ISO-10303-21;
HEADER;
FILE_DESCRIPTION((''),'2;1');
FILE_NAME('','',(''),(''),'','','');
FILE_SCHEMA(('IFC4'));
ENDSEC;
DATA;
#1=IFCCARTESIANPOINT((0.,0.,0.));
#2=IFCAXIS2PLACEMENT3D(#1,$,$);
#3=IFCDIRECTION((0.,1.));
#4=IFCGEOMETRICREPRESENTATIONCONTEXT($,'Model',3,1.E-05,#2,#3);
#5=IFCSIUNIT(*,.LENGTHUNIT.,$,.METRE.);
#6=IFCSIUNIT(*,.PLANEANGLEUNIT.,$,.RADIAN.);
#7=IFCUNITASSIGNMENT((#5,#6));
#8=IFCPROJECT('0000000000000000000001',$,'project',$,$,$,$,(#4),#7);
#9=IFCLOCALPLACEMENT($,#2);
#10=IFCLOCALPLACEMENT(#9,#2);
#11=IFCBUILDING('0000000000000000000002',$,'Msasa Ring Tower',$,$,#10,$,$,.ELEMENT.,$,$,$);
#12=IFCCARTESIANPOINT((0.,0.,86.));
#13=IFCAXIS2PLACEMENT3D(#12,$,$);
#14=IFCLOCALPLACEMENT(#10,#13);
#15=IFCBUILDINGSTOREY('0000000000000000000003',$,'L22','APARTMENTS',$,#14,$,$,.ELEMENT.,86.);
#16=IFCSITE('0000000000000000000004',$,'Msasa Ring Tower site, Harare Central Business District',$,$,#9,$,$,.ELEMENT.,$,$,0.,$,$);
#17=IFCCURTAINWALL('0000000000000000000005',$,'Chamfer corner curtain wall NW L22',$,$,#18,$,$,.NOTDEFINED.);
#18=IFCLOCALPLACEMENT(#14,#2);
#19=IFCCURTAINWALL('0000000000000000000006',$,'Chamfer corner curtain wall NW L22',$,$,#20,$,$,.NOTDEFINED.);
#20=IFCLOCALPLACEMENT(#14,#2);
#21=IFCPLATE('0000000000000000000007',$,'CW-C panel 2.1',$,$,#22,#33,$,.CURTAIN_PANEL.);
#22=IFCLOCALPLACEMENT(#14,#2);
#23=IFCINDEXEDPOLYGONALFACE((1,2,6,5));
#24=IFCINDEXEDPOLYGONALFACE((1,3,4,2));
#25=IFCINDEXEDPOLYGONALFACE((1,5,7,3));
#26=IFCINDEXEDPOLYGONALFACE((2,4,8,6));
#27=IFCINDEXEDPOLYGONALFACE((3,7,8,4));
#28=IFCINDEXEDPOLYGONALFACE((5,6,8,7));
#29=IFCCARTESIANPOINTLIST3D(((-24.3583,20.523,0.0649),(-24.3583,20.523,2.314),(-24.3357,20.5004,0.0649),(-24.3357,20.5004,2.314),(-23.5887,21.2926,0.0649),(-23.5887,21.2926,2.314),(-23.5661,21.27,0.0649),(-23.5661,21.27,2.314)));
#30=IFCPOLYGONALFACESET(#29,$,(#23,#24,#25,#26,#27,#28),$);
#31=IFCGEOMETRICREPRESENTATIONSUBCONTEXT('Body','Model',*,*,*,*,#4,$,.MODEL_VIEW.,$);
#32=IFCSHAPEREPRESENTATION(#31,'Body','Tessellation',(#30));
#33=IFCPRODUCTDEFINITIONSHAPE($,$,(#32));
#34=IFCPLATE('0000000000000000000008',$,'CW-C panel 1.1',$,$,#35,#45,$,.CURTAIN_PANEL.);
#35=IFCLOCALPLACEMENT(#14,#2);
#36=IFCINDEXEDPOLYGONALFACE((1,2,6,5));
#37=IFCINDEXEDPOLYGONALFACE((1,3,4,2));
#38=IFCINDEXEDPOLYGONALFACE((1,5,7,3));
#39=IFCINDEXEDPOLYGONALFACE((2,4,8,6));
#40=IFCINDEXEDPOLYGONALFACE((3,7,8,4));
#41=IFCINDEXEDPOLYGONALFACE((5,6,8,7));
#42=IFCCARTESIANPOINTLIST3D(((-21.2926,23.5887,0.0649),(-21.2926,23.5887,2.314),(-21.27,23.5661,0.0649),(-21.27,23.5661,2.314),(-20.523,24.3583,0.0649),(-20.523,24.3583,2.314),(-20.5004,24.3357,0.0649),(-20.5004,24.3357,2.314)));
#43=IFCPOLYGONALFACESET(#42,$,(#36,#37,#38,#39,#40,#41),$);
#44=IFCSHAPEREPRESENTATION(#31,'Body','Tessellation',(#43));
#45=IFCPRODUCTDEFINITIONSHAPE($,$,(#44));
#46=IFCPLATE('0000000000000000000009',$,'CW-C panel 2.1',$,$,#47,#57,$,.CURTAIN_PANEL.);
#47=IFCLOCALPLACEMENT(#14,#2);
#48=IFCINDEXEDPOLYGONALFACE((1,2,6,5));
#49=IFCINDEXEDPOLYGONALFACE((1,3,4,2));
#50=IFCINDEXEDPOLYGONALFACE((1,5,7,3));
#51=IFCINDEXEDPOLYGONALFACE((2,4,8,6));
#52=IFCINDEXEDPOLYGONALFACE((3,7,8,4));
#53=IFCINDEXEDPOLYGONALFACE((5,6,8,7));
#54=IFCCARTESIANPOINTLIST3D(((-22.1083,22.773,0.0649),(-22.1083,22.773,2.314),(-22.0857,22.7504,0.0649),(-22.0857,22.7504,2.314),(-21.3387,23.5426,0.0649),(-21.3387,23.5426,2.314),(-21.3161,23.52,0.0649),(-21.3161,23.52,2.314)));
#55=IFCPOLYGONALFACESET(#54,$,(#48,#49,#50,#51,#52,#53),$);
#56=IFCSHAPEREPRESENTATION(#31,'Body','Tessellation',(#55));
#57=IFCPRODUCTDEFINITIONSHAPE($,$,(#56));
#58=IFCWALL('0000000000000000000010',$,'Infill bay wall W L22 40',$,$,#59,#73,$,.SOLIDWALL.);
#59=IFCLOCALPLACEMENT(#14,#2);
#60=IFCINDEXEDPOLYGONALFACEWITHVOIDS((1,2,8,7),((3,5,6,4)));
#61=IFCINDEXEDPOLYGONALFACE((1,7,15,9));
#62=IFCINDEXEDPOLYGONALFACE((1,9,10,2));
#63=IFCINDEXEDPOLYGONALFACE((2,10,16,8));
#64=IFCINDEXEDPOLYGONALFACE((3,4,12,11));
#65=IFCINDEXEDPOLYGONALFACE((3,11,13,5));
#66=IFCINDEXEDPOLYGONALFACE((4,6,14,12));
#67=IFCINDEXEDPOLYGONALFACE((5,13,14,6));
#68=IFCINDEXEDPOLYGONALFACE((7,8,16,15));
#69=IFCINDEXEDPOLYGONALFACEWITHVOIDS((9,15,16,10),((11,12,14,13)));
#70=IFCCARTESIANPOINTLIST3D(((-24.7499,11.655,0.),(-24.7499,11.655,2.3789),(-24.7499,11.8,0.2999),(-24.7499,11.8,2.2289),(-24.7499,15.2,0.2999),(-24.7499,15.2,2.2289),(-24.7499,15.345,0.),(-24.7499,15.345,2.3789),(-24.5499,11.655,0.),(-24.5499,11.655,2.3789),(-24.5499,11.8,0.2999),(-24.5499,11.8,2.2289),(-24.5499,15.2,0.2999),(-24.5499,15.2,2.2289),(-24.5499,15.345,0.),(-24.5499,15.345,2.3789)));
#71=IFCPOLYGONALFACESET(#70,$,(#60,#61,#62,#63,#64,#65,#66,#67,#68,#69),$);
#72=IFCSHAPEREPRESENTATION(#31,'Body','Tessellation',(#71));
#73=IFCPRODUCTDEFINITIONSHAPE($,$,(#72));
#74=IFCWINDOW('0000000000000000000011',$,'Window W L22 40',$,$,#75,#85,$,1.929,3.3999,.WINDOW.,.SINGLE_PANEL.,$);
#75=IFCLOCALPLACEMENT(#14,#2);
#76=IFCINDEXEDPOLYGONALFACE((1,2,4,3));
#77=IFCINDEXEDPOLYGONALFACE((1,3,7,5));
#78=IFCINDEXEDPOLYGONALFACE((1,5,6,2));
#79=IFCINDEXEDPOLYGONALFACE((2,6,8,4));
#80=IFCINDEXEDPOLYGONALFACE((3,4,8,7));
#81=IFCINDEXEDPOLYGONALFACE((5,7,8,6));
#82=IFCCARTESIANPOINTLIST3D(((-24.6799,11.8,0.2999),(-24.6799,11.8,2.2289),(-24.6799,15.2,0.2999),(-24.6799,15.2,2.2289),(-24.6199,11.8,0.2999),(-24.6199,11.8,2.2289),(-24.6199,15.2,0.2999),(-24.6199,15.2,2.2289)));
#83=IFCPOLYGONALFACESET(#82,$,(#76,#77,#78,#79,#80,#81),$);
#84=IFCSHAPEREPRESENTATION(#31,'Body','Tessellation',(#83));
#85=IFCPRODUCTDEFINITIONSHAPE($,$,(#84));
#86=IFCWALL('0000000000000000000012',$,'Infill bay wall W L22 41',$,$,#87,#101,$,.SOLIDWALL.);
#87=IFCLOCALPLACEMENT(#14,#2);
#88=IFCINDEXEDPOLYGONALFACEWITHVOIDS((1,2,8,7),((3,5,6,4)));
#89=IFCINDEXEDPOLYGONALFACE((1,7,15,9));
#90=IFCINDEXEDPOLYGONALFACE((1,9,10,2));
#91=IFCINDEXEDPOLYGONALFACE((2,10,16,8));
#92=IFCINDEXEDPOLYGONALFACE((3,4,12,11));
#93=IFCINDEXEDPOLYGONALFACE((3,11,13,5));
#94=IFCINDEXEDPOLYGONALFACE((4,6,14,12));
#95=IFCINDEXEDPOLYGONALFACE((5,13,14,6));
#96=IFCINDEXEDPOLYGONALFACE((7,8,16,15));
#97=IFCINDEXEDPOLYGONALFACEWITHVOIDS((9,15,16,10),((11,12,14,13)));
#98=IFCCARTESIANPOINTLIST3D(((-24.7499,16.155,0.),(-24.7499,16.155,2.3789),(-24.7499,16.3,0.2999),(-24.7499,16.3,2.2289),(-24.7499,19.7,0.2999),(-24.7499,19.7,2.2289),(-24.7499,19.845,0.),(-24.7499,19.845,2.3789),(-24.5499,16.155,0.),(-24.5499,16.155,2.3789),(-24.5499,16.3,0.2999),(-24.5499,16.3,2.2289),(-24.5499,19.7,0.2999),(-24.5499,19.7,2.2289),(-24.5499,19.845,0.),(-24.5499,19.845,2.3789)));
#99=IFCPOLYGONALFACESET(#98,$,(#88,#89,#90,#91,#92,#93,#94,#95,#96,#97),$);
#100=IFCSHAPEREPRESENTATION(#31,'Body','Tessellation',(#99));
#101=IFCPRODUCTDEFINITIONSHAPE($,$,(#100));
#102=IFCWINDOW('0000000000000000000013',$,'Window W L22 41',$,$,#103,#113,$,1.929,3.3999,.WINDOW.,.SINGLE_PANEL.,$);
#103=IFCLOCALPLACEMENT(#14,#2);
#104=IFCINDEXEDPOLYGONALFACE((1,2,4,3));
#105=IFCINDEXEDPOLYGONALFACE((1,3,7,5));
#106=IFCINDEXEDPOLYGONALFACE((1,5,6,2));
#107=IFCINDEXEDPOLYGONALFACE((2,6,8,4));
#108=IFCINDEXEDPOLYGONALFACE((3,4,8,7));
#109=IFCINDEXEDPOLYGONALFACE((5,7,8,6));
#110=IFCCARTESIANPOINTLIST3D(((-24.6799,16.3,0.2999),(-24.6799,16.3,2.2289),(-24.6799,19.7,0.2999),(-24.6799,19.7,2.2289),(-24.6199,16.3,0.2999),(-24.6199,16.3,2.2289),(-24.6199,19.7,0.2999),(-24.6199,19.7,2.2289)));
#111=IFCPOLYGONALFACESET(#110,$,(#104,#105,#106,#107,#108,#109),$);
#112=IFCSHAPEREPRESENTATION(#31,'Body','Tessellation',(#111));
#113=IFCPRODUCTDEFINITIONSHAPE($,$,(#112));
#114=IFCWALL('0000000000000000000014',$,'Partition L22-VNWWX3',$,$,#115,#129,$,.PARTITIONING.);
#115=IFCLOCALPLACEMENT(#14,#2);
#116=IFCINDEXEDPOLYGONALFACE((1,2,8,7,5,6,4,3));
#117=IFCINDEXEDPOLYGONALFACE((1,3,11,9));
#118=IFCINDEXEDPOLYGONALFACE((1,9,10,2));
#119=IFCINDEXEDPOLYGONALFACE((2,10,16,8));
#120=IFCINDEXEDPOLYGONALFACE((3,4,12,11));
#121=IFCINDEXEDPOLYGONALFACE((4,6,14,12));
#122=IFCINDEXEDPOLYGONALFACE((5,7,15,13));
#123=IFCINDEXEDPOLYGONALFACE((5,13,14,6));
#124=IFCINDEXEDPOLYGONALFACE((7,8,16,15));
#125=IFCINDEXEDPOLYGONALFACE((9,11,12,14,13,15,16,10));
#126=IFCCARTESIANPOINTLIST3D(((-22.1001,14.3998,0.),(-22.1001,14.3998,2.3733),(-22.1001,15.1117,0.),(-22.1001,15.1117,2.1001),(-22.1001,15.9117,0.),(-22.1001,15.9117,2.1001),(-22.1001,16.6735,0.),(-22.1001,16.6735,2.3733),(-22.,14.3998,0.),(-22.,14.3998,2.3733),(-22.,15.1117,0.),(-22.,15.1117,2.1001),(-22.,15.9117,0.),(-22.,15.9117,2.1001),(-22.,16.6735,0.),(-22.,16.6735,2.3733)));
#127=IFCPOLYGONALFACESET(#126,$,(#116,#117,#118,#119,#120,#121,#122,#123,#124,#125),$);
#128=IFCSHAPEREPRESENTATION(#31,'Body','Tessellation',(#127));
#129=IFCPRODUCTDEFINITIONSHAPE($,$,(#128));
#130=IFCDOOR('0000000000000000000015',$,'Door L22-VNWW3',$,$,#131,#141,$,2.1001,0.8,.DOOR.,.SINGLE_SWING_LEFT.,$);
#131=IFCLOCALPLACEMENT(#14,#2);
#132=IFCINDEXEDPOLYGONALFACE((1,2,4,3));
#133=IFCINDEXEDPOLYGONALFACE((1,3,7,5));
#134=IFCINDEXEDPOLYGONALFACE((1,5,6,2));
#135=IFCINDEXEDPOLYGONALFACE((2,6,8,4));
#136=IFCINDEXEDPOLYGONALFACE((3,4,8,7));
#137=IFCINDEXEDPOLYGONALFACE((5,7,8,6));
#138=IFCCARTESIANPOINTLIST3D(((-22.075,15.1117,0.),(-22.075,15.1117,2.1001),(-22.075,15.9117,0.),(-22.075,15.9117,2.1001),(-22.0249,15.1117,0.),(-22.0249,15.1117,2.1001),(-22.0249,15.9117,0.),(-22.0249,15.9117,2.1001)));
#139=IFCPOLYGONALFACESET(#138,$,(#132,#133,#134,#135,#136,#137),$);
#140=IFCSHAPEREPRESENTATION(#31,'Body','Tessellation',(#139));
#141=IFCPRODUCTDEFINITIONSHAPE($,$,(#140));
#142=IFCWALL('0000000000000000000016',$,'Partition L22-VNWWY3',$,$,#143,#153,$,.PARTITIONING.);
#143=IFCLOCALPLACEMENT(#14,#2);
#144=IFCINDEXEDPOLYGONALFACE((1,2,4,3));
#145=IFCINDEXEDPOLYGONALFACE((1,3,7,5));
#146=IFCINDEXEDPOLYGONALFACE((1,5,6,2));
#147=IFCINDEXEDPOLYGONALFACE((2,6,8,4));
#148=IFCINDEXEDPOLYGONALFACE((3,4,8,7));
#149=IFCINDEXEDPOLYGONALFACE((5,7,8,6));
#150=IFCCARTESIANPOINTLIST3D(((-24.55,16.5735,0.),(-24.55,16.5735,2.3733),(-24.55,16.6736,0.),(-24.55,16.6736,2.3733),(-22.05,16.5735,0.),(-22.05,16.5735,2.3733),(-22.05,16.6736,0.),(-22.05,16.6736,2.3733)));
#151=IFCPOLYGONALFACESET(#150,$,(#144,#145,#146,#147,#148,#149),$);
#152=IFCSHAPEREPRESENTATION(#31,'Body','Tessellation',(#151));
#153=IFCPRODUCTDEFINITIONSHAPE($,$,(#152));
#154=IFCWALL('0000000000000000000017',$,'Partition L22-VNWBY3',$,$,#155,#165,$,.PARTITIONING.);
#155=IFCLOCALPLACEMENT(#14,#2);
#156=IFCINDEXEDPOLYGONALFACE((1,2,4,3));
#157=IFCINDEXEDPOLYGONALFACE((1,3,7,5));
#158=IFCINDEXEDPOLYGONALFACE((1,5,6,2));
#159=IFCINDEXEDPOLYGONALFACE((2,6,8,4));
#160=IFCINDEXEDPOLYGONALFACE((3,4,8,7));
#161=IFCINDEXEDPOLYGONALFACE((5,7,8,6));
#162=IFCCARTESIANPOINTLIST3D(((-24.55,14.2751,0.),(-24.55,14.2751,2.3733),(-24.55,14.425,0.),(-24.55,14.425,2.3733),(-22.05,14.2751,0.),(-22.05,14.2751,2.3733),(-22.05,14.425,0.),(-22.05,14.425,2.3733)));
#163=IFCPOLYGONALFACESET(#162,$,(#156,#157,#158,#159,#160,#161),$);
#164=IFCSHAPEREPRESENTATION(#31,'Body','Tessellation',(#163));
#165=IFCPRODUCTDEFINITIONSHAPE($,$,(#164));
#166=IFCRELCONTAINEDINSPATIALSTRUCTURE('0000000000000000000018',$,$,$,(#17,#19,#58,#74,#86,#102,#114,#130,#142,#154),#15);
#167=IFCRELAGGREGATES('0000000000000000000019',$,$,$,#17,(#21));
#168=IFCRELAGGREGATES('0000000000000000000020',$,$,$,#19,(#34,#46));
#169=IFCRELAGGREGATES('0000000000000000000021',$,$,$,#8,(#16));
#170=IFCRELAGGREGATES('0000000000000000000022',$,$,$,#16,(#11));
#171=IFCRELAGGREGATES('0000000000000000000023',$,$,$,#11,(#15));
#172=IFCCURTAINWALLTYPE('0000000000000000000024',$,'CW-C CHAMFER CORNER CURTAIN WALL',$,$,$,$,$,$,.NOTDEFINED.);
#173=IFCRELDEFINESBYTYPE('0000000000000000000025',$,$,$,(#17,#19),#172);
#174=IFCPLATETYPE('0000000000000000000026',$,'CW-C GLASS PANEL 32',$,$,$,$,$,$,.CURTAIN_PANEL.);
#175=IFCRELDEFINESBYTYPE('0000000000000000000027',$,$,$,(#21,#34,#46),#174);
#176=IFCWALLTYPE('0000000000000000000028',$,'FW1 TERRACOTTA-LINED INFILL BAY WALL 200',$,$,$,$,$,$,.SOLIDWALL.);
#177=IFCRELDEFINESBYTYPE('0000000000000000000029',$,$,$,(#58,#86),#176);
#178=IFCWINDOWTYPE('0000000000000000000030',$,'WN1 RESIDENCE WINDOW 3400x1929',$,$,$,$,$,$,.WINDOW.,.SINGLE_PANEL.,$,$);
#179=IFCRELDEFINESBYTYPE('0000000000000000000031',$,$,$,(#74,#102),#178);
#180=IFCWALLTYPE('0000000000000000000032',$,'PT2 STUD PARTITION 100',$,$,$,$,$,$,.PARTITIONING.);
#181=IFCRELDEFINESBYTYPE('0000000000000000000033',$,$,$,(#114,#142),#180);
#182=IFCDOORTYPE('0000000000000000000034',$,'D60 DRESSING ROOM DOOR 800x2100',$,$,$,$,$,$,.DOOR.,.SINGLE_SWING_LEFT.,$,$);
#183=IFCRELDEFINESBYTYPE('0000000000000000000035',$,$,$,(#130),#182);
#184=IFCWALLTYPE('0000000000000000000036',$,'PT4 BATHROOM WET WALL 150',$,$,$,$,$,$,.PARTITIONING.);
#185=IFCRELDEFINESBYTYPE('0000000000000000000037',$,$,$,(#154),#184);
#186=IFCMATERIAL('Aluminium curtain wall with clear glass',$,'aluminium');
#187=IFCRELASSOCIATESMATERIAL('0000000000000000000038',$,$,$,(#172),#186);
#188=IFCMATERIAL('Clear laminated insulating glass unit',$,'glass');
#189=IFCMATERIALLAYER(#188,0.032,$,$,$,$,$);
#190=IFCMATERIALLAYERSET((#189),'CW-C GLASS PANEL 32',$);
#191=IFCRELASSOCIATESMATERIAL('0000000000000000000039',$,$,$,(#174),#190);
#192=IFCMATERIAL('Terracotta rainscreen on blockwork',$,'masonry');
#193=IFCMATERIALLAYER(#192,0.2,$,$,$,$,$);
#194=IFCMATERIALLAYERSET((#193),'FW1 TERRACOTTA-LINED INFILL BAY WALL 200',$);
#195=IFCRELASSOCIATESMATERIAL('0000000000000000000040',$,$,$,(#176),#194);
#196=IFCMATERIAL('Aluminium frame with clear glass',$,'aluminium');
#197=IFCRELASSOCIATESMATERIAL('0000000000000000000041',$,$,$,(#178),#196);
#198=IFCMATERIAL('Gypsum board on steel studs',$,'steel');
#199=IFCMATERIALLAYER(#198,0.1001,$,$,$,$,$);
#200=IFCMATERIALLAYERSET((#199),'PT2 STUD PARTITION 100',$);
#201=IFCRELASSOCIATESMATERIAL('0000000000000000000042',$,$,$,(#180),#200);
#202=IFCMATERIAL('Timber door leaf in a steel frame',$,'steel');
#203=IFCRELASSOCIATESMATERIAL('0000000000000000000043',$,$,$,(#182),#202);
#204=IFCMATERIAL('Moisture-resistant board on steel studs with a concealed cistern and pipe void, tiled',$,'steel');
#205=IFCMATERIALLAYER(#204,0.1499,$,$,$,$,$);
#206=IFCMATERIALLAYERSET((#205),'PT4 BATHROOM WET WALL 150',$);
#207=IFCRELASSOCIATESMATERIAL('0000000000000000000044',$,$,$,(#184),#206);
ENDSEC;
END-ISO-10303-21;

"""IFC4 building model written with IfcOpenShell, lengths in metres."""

from ifc_helpers import new_model, si_unit, direction, frame, frame_2d, origin, origin_2d, place, context, subcontext, project, spatial, rectangle, extrude, material, layer, layer_set, type_object, element, fill, aggregate, save


model = new_model("IFC4")

# Units and contexts
model_context = context("Model", 3, precision=1e-05, world=origin(), true_north=direction((0.0, 1.0)))
body_context = subcontext(model_context, "Body", "Model", "MODEL_VIEW")
ifc_project = project(units=[si_unit("LENGTHUNIT", "METRE"), si_unit("PLANEANGLEUNIT", "RADIAN")], contexts=[model_context])

# Site, building, storey
site_placement = place(None, origin())
site = spatial("IfcSite", under=ifc_project, at=site_placement, Name="Msasa Ring Tower site, Harare Central Business District", CompositionType="ELEMENT", RefElevation=0.0)
building_placement = place(site_placement, origin())
building = spatial("IfcBuilding", under=site, at=building_placement, Name="Msasa Ring Tower", CompositionType="ELEMENT")
storey_placement = place(building_placement, frame((0.0, 0.0, 86.0)))
storey = spatial("IfcBuildingStorey", under=building, at=storey_placement, Name="L22", Description="APARTMENTS", CompositionType="ELEMENT", Elevation=86.0)

# Curtain walls
ifc_material_1 = material(Name="Aluminium curtain wall with clear glass", Category="aluminium")
curtain_wall_type = type_object("IfcCurtainWallType", Name="CW-C CHAMFER CORNER CURTAIN WALL", PredefinedType="NOTDEFINED", material=ifc_material_1)
curtain_wall_1_placement = place(storey_placement, origin())
curtain_wall_1 = element("IfcCurtainWall", 1, at=curtain_wall_1_placement, inside=storey, type_object=curtain_wall_type, Name="Chamfer corner curtain wall NW L22", PredefinedType="NOTDEFINED")
curtain_wall_2_placement = place(storey_placement, origin())
curtain_wall_2 = element("IfcCurtainWall", 2, at=curtain_wall_2_placement, inside=storey, type_object=curtain_wall_type, Name="Chamfer corner curtain wall NW L22", PredefinedType="NOTDEFINED")

# Plates
ifc_material_2 = material(Name="Clear laminated insulating glass unit", Category="glass")
ifc_layer_1 = layer(ifc_material_2, 0.032)
ifc_layer_set_1 = layer_set([ifc_layer_1], Name="CW-C GLASS PANEL 32")
plate_type = type_object("IfcPlateType", Name="CW-C GLASS PANEL 32", PredefinedType="CURTAIN_PANEL", material=ifc_layer_set_1)
plate_1_placement = place(storey_placement, frame((-23.9622, 20.8965, 0.0649), z_axis=(0.0, 0.0, 1.0), x_axis=(-0.707107, -0.707107, 0.0)))
plate_1 = element("IfcPlate", 3, at=plate_1_placement, type_object=plate_type, Name="CW-C panel 2.1", PredefinedType="CURTAIN_PANEL", context=body_context, shape_type="SweptSolid", body=[
    extrude(rectangle(XDim=1.0884, YDim=0.032, at=origin_2d()), origin(), (0.0, 0.0, 1.0), 2.249),
])
aggregate(curtain_wall_1, [plate_1])
plate_2_placement = place(storey_placement, frame((-20.8965, 23.9622, 0.0649), z_axis=(0.0, 0.0, 1.0), x_axis=(-0.707107, -0.707107, 0.0)))
plate_2 = element("IfcPlate", 4, at=plate_2_placement, type_object=plate_type, Name="CW-C panel 1.1", PredefinedType="CURTAIN_PANEL", context=body_context, shape_type="SweptSolid", body=[
    extrude(rectangle(XDim=1.0884, YDim=0.032, at=origin_2d()), origin(), (0.0, 0.0, 1.0), 2.249),
])
plate_3_placement = place(storey_placement, frame((-21.7122, 23.1465, 0.0649), z_axis=(0.0, 0.0, 1.0), x_axis=(-0.707107, -0.707107, 0.0)))
plate_3 = element("IfcPlate", 5, at=plate_3_placement, type_object=plate_type, Name="CW-C panel 2.1", PredefinedType="CURTAIN_PANEL", context=body_context, shape_type="SweptSolid", body=[
    extrude(rectangle(XDim=1.0884, YDim=0.032, at=origin_2d()), origin(), (0.0, 0.0, 1.0), 2.249),
])
aggregate(curtain_wall_2, [plate_2, plate_3])

# Walls, openings, windows
ifc_material_3 = material(Name="Terracotta rainscreen on blockwork", Category="masonry")
ifc_layer_2 = layer(ifc_material_3, 0.2)
ifc_layer_set_2 = layer_set([ifc_layer_2], Name="FW1 TERRACOTTA-LINED INFILL BAY WALL 200")
wall_type_1 = type_object("IfcWallType", Name="FW1 TERRACOTTA-LINED INFILL BAY WALL 200", PredefinedType="SOLIDWALL", material=ifc_layer_set_2)
wall_1_placement = place(storey_placement, frame((-24.6499, 11.655, 0.0), z_axis=(0.0, 0.0, 1.0), x_axis=(0.0, 1.0, 0.0)))
wall_1 = element("IfcWall", 6, at=wall_1_placement, inside=storey, type_object=wall_type_1, Name="Infill bay wall W L22 40", PredefinedType="SOLIDWALL", context=body_context, shape_type="SweptSolid", body=[
    extrude(rectangle(XDim=3.6899, YDim=0.2, at=frame_2d((1.845, 0.0))), origin(), (0.0, 0.0, 1.0), 2.3789),
])
opening_1_placement = place(wall_1_placement, frame((0.145, 0.0, 0.3)))
opening_1 = element("IfcOpeningElement", 7, at=opening_1_placement, cuts=wall_1, PredefinedType="OPENING", context=body_context, shape_type="SweptSolid", body=[
    extrude(rectangle(XDim=3.3999, YDim=1.929, at=frame_2d((1.7, 0.9644))), frame((0.0, 0.1099, 0.0), z_axis=(0.0, -1.0, 0.0), x_axis=(1.0, 0.0, 0.0)), (0.0, 0.0, 1.0), 0.22),
])
ifc_material_4 = material(Name="Aluminium frame with clear glass", Category="aluminium")
window_type = type_object("IfcWindowType", Name="WN1 RESIDENCE WINDOW 3400x1929", PartitioningType="SINGLE_PANEL", PredefinedType="WINDOW", material=ifc_material_4)
window_1_placement = place(opening_1_placement, origin())
window_1 = element("IfcWindow", 8, at=window_1_placement, inside=storey, type_object=window_type, Name="Window W L22 40", OverallHeight=1.929, OverallWidth=3.3999, PartitioningType="SINGLE_PANEL", PredefinedType="WINDOW", context=body_context, shape_type="SweptSolid", body=[
    extrude(rectangle(XDim=3.3999, YDim=1.929, at=frame_2d((1.7, 0.9644))), frame((0.0, 0.03, 0.0), z_axis=(0.0, -1.0, 0.0), x_axis=(1.0, 0.0, 0.0)), (0.0, 0.0, 1.0), 0.0601),
])
fill(opening_1, window_1)
wall_2_placement = place(storey_placement, frame((-24.6499, 16.155, 0.0), z_axis=(0.0, 0.0, 1.0), x_axis=(0.0, 1.0, 0.0)))
wall_2 = element("IfcWall", 9, at=wall_2_placement, inside=storey, type_object=wall_type_1, Name="Infill bay wall W L22 41", PredefinedType="SOLIDWALL", context=body_context, shape_type="SweptSolid", body=[
    extrude(rectangle(XDim=3.6899, YDim=0.2, at=frame_2d((1.845, 0.0))), origin(), (0.0, 0.0, 1.0), 2.3789),
])
opening_2_placement = place(wall_2_placement, frame((0.145, 0.0, 0.3)))
opening_2 = element("IfcOpeningElement", 10, at=opening_2_placement, cuts=wall_2, PredefinedType="OPENING", context=body_context, shape_type="SweptSolid", body=[
    extrude(rectangle(XDim=3.3999, YDim=1.929, at=frame_2d((1.7, 0.9644))), frame((0.0, 0.1099, 0.0), z_axis=(0.0, -1.0, 0.0), x_axis=(1.0, 0.0, 0.0)), (0.0, 0.0, 1.0), 0.22),
])
window_2_placement = place(opening_2_placement, origin())
window_2 = element("IfcWindow", 11, at=window_2_placement, inside=storey, type_object=window_type, Name="Window W L22 41", OverallHeight=1.929, OverallWidth=3.3999, PartitioningType="SINGLE_PANEL", PredefinedType="WINDOW", context=body_context, shape_type="SweptSolid", body=[
    extrude(rectangle(XDim=3.3999, YDim=1.929, at=frame_2d((1.7, 0.9644))), frame((0.0, 0.03, 0.0), z_axis=(0.0, -1.0, 0.0), x_axis=(1.0, 0.0, 0.0)), (0.0, 0.0, 1.0), 0.0601),
])
fill(opening_2, window_2)

# Wall, opening, door
ifc_material_5 = material(Name="Gypsum board on steel studs", Category="steel")
ifc_layer_3 = layer(ifc_material_5, 0.1001)
ifc_layer_set_3 = layer_set([ifc_layer_3], Name="PT2 STUD PARTITION 100")
wall_type_2 = type_object("IfcWallType", Name="PT2 STUD PARTITION 100", PredefinedType="PARTITIONING", material=ifc_layer_set_3)
wall_3_placement = place(storey_placement, frame((-22.05, 14.3999, 0.0), z_axis=(0.0, 0.0, 1.0), x_axis=(0.0, 1.0, 0.0)))
wall_3 = element("IfcWall", 12, at=wall_3_placement, inside=storey, type_object=wall_type_2, Name="Partition L22-VNWWX3", PredefinedType="PARTITIONING", context=body_context, shape_type="SweptSolid", body=[
    extrude(rectangle(XDim=2.2737, YDim=0.1001, at=frame_2d((1.1367, 0.0))), origin(), (0.0, 0.0, 1.0), 2.3733),
])
opening_3_placement = place(wall_3_placement, frame((0.7119, 0.0, 0.0)))
opening_3 = element("IfcOpeningElement", 13, at=opening_3_placement, cuts=wall_3, PredefinedType="OPENING", context=body_context, shape_type="SweptSolid", body=[
    extrude(rectangle(XDim=0.8, YDim=2.1001, at=frame_2d((0.3999, 1.05))), frame((0.0, 0.0601, 0.0), z_axis=(0.0, -1.0, 0.0), x_axis=(1.0, 0.0, 0.0)), (0.0, 0.0, 1.0), 0.1201),
])
ifc_material_6 = material(Name="Timber door leaf in a steel frame", Category="steel")
door_type = type_object("IfcDoorType", Name="D60 DRESSING ROOM DOOR 800x2100", OperationType="SINGLE_SWING_LEFT", PredefinedType="DOOR", material=ifc_material_6)
door_placement = place(opening_3_placement, origin())
door = element("IfcDoor", 14, at=door_placement, inside=storey, type_object=door_type, Name="Door L22-VNWW3", OperationType="SINGLE_SWING_LEFT", OverallHeight=2.1001, OverallWidth=0.8, PredefinedType="DOOR", context=body_context, shape_type="SweptSolid", body=[
    extrude(rectangle(XDim=0.8, YDim=2.1001, at=frame_2d((0.3999, 1.05))), frame((0.0, 0.0249, 0.0), z_axis=(0.0, -1.0, 0.0), x_axis=(1.0, 0.0, 0.0)), (0.0, 0.0, 1.0), 0.05),
])
fill(opening_3, door)

# Walls
wall_4_placement = place(storey_placement, frame((-24.55, 16.6235, 0.0), z_axis=(0.0, 0.0, 1.0), x_axis=(1.0, 0.0, 0.0)))
element("IfcWall", 15, at=wall_4_placement, inside=storey, type_object=wall_type_2, Name="Partition L22-VNWWY3", PredefinedType="PARTITIONING", context=body_context, shape_type="SweptSolid", body=[
    extrude(rectangle(XDim=2.5, YDim=0.1001, at=frame_2d((1.25, 0.0))), origin(), (0.0, 0.0, 1.0), 2.3733),
])
ifc_material_7 = material(Name="Moisture-resistant board on steel studs with a concealed cistern and pipe void, tiled", Category="steel")
ifc_layer_4 = layer(ifc_material_7, 0.1499)
ifc_layer_set_4 = layer_set([ifc_layer_4], Name="PT4 BATHROOM WET WALL 150")
wall_type_3 = type_object("IfcWallType", Name="PT4 BATHROOM WET WALL 150", PredefinedType="PARTITIONING", material=ifc_layer_set_4)
wall_5_placement = place(storey_placement, frame((-24.55, 14.3501, 0.0), z_axis=(0.0, 0.0, 1.0), x_axis=(1.0, 0.0, 0.0)))
element("IfcWall", 16, at=wall_5_placement, inside=storey, type_object=wall_type_3, Name="Partition L22-VNWBY3", PredefinedType="PARTITIONING", context=body_context, shape_type="SweptSolid", body=[
    extrude(rectangle(XDim=2.5, YDim=0.1499, at=frame_2d((1.25, 0.0))), origin(), (0.0, 0.0, 1.0), 2.3733),
])

save(model, "model.ifc")
